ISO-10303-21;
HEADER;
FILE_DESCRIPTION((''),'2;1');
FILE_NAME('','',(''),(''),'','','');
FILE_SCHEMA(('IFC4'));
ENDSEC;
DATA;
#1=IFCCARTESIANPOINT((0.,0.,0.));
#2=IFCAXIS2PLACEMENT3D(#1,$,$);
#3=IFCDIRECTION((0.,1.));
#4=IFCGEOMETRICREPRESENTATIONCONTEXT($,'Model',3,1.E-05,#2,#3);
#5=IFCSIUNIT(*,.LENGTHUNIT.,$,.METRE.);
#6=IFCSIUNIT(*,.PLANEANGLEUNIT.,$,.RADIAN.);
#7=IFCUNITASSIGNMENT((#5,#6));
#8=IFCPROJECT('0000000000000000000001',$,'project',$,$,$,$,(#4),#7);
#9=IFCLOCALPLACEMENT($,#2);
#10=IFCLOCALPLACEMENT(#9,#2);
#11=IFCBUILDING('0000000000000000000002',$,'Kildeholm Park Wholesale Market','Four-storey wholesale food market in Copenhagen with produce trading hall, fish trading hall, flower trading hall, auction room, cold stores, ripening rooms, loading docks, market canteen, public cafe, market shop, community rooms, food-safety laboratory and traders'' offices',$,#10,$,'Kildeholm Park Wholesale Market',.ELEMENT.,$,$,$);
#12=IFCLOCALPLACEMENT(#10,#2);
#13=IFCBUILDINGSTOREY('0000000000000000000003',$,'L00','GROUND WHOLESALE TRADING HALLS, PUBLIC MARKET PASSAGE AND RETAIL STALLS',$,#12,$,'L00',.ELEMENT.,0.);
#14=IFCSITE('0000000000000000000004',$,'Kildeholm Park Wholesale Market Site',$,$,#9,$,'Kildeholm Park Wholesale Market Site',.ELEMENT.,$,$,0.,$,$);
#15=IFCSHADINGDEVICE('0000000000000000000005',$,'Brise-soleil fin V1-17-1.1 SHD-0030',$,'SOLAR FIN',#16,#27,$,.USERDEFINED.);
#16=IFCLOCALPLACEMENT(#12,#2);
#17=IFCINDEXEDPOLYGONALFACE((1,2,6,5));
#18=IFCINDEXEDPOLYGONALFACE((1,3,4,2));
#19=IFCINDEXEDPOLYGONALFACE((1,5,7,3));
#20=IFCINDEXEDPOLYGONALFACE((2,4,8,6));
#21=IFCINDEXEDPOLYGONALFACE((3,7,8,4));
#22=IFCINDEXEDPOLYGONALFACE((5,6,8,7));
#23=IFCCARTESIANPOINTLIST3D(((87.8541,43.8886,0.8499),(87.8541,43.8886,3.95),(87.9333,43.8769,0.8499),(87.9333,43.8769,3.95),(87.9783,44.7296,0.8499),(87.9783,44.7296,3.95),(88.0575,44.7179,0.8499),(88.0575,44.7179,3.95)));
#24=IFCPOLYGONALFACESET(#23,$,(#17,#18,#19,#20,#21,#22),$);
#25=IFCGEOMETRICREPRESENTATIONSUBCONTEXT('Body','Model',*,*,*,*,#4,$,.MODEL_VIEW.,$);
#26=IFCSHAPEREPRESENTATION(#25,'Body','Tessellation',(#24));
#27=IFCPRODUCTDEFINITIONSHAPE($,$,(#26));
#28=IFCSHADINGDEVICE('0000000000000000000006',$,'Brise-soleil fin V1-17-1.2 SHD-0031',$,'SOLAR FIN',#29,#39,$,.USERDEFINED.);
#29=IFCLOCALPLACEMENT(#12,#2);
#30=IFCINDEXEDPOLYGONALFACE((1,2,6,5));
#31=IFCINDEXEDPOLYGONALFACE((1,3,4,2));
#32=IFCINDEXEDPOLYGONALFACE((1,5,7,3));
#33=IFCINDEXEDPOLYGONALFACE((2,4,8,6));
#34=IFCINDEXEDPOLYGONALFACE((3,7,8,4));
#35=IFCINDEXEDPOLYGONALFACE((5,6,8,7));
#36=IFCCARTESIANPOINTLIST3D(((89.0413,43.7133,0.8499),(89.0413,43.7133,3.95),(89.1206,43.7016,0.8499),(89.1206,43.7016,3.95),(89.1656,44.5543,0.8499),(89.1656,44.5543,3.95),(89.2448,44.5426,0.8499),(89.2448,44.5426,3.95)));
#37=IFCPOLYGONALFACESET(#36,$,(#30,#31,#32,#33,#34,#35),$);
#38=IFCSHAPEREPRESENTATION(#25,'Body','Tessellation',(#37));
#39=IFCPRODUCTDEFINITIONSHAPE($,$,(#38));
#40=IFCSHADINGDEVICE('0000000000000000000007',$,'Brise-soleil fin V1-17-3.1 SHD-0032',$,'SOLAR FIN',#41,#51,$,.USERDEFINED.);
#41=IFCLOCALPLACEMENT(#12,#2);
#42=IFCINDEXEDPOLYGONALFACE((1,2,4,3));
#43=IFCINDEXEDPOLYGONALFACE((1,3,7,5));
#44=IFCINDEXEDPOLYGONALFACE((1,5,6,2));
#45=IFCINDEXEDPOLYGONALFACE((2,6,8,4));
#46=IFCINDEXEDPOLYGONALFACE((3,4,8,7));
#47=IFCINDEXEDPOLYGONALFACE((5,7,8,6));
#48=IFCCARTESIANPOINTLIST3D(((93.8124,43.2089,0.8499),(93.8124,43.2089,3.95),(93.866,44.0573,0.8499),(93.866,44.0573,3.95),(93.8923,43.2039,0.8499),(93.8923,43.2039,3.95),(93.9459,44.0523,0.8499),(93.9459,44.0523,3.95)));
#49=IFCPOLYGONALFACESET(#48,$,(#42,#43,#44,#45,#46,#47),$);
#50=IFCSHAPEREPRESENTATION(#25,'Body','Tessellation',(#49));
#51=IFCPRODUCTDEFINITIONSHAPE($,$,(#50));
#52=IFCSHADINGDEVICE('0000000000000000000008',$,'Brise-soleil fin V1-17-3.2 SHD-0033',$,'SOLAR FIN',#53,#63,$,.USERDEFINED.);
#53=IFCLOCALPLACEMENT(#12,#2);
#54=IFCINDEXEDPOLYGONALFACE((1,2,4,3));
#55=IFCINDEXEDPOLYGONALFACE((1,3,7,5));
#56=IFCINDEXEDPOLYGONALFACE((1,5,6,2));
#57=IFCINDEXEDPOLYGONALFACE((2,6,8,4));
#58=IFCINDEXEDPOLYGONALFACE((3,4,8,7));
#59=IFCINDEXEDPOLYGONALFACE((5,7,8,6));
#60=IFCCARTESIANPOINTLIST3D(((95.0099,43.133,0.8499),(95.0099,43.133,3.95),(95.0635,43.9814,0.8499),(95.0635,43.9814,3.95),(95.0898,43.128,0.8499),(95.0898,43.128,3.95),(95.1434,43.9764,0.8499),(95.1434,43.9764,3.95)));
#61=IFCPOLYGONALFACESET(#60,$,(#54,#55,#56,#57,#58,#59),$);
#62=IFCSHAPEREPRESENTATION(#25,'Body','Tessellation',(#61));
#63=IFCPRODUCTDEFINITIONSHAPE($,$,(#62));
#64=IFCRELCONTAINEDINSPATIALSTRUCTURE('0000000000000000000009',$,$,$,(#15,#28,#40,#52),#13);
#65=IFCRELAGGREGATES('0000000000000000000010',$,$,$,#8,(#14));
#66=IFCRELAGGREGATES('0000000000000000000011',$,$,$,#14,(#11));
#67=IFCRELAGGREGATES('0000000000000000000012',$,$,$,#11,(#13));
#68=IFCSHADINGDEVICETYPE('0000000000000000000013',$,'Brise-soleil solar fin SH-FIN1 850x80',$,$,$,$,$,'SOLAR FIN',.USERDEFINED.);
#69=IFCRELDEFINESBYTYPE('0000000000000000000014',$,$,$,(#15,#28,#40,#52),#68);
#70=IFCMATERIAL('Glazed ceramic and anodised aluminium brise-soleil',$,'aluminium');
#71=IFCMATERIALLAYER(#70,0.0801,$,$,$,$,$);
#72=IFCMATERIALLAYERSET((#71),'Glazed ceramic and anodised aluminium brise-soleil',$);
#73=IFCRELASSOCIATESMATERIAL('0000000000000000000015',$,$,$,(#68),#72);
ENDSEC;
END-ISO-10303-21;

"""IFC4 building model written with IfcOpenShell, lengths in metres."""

from ifc_helpers import new_model, si_unit, direction, frame, origin, origin_2d, place, context, subcontext, project, spatial, rectangle, extrude, material, layer, layer_set, type_object, element, save


model = new_model("IFC4")

# Units and contexts
model_context = context("Model", 3, precision=1e-05, world=origin(), true_north=direction((0.0, 1.0)))
body_context = subcontext(model_context, "Body", "Model", "MODEL_VIEW")
ifc_project = project(units=[si_unit("LENGTHUNIT", "METRE"), si_unit("PLANEANGLEUNIT", "RADIAN")], contexts=[model_context])

# Site, building, storey
site_placement = place(None, origin())
site = spatial("IfcSite", under=ifc_project, at=site_placement, Name="Kildeholm Park Wholesale Market Site", LongName="Kildeholm Park Wholesale Market Site", CompositionType="ELEMENT", RefElevation=0.0)
building_placement = place(site_placement, origin())
building = spatial("IfcBuilding", under=site, at=building_placement, Name="Kildeholm Park Wholesale Market", Description="Four-storey wholesale food market in Copenhagen with produce trading hall, fish trading hall, flower trading hall, auction room, cold stores, ripening rooms, loading docks, market canteen, public cafe, market shop, community rooms, food-safety laboratory and traders' offices", LongName="Kildeholm Park Wholesale Market", CompositionType="ELEMENT")
storey_placement = place(building_placement, origin())
storey = spatial("IfcBuildingStorey", under=building, at=storey_placement, Name="L00", Description="GROUND WHOLESALE TRADING HALLS, PUBLIC MARKET PASSAGE AND RETAIL STALLS", LongName="L00", CompositionType="ELEMENT", Elevation=0.0)

# Shading devices
ifc_material_1 = material(Name="Glazed ceramic and anodised aluminium brise-soleil", Category="aluminium")
ifc_layer_1 = layer(ifc_material_1, 0.0801)
ifc_layer_set_1 = layer_set([ifc_layer_1], Name="Glazed ceramic and anodised aluminium brise-soleil")
shading_device_type = type_object("IfcShadingDeviceType", Name="Brise-soleil solar fin SH-FIN1 850x80", ElementType="SOLAR FIN", PredefinedType="USERDEFINED", material=ifc_layer_set_1)
for number, where, z_axis, x_axis, name in (
    (1, (87.9558, 44.3032, 0.8499), (0.0, 0.0, 1.0), (-0.146118, -0.989267, 0.0), "Brise-soleil fin V1-17-1.1 SHD-0030"),
    (2, (89.1431, 44.1279, 0.8499), (0.0, 0.0, 1.0), (-0.146118, -0.989267, 0.0), "Brise-soleil fin V1-17-1.2 SHD-0031"),
    (3, (93.8792, 43.6306, 0.8499), (0.0, 0.0, 1.0), (-0.063069, -0.998009, 0.0), "Brise-soleil fin V1-17-3.1 SHD-0032"),
    (4, (95.0767, 43.5547, 0.8499), (0.0, 0.0, 1.0), (-0.063069, -0.998009, 0.0), "Brise-soleil fin V1-17-3.2 SHD-0033"),
):
    element("IfcShadingDevice", number, at=place(storey_placement, frame(where, z_axis=z_axis, x_axis=x_axis)), inside=storey, type_object=shading_device_type, Name=name, ObjectType="SOLAR FIN", PredefinedType="USERDEFINED", context=body_context, shape_type="SweptSolid", body=[
        extrude(rectangle(XDim=0.8501, YDim=0.0801, at=origin_2d()), origin(), (0.0, 0.0, 1.0), 3.1001),
    ])

save(model, "model.ifc")
